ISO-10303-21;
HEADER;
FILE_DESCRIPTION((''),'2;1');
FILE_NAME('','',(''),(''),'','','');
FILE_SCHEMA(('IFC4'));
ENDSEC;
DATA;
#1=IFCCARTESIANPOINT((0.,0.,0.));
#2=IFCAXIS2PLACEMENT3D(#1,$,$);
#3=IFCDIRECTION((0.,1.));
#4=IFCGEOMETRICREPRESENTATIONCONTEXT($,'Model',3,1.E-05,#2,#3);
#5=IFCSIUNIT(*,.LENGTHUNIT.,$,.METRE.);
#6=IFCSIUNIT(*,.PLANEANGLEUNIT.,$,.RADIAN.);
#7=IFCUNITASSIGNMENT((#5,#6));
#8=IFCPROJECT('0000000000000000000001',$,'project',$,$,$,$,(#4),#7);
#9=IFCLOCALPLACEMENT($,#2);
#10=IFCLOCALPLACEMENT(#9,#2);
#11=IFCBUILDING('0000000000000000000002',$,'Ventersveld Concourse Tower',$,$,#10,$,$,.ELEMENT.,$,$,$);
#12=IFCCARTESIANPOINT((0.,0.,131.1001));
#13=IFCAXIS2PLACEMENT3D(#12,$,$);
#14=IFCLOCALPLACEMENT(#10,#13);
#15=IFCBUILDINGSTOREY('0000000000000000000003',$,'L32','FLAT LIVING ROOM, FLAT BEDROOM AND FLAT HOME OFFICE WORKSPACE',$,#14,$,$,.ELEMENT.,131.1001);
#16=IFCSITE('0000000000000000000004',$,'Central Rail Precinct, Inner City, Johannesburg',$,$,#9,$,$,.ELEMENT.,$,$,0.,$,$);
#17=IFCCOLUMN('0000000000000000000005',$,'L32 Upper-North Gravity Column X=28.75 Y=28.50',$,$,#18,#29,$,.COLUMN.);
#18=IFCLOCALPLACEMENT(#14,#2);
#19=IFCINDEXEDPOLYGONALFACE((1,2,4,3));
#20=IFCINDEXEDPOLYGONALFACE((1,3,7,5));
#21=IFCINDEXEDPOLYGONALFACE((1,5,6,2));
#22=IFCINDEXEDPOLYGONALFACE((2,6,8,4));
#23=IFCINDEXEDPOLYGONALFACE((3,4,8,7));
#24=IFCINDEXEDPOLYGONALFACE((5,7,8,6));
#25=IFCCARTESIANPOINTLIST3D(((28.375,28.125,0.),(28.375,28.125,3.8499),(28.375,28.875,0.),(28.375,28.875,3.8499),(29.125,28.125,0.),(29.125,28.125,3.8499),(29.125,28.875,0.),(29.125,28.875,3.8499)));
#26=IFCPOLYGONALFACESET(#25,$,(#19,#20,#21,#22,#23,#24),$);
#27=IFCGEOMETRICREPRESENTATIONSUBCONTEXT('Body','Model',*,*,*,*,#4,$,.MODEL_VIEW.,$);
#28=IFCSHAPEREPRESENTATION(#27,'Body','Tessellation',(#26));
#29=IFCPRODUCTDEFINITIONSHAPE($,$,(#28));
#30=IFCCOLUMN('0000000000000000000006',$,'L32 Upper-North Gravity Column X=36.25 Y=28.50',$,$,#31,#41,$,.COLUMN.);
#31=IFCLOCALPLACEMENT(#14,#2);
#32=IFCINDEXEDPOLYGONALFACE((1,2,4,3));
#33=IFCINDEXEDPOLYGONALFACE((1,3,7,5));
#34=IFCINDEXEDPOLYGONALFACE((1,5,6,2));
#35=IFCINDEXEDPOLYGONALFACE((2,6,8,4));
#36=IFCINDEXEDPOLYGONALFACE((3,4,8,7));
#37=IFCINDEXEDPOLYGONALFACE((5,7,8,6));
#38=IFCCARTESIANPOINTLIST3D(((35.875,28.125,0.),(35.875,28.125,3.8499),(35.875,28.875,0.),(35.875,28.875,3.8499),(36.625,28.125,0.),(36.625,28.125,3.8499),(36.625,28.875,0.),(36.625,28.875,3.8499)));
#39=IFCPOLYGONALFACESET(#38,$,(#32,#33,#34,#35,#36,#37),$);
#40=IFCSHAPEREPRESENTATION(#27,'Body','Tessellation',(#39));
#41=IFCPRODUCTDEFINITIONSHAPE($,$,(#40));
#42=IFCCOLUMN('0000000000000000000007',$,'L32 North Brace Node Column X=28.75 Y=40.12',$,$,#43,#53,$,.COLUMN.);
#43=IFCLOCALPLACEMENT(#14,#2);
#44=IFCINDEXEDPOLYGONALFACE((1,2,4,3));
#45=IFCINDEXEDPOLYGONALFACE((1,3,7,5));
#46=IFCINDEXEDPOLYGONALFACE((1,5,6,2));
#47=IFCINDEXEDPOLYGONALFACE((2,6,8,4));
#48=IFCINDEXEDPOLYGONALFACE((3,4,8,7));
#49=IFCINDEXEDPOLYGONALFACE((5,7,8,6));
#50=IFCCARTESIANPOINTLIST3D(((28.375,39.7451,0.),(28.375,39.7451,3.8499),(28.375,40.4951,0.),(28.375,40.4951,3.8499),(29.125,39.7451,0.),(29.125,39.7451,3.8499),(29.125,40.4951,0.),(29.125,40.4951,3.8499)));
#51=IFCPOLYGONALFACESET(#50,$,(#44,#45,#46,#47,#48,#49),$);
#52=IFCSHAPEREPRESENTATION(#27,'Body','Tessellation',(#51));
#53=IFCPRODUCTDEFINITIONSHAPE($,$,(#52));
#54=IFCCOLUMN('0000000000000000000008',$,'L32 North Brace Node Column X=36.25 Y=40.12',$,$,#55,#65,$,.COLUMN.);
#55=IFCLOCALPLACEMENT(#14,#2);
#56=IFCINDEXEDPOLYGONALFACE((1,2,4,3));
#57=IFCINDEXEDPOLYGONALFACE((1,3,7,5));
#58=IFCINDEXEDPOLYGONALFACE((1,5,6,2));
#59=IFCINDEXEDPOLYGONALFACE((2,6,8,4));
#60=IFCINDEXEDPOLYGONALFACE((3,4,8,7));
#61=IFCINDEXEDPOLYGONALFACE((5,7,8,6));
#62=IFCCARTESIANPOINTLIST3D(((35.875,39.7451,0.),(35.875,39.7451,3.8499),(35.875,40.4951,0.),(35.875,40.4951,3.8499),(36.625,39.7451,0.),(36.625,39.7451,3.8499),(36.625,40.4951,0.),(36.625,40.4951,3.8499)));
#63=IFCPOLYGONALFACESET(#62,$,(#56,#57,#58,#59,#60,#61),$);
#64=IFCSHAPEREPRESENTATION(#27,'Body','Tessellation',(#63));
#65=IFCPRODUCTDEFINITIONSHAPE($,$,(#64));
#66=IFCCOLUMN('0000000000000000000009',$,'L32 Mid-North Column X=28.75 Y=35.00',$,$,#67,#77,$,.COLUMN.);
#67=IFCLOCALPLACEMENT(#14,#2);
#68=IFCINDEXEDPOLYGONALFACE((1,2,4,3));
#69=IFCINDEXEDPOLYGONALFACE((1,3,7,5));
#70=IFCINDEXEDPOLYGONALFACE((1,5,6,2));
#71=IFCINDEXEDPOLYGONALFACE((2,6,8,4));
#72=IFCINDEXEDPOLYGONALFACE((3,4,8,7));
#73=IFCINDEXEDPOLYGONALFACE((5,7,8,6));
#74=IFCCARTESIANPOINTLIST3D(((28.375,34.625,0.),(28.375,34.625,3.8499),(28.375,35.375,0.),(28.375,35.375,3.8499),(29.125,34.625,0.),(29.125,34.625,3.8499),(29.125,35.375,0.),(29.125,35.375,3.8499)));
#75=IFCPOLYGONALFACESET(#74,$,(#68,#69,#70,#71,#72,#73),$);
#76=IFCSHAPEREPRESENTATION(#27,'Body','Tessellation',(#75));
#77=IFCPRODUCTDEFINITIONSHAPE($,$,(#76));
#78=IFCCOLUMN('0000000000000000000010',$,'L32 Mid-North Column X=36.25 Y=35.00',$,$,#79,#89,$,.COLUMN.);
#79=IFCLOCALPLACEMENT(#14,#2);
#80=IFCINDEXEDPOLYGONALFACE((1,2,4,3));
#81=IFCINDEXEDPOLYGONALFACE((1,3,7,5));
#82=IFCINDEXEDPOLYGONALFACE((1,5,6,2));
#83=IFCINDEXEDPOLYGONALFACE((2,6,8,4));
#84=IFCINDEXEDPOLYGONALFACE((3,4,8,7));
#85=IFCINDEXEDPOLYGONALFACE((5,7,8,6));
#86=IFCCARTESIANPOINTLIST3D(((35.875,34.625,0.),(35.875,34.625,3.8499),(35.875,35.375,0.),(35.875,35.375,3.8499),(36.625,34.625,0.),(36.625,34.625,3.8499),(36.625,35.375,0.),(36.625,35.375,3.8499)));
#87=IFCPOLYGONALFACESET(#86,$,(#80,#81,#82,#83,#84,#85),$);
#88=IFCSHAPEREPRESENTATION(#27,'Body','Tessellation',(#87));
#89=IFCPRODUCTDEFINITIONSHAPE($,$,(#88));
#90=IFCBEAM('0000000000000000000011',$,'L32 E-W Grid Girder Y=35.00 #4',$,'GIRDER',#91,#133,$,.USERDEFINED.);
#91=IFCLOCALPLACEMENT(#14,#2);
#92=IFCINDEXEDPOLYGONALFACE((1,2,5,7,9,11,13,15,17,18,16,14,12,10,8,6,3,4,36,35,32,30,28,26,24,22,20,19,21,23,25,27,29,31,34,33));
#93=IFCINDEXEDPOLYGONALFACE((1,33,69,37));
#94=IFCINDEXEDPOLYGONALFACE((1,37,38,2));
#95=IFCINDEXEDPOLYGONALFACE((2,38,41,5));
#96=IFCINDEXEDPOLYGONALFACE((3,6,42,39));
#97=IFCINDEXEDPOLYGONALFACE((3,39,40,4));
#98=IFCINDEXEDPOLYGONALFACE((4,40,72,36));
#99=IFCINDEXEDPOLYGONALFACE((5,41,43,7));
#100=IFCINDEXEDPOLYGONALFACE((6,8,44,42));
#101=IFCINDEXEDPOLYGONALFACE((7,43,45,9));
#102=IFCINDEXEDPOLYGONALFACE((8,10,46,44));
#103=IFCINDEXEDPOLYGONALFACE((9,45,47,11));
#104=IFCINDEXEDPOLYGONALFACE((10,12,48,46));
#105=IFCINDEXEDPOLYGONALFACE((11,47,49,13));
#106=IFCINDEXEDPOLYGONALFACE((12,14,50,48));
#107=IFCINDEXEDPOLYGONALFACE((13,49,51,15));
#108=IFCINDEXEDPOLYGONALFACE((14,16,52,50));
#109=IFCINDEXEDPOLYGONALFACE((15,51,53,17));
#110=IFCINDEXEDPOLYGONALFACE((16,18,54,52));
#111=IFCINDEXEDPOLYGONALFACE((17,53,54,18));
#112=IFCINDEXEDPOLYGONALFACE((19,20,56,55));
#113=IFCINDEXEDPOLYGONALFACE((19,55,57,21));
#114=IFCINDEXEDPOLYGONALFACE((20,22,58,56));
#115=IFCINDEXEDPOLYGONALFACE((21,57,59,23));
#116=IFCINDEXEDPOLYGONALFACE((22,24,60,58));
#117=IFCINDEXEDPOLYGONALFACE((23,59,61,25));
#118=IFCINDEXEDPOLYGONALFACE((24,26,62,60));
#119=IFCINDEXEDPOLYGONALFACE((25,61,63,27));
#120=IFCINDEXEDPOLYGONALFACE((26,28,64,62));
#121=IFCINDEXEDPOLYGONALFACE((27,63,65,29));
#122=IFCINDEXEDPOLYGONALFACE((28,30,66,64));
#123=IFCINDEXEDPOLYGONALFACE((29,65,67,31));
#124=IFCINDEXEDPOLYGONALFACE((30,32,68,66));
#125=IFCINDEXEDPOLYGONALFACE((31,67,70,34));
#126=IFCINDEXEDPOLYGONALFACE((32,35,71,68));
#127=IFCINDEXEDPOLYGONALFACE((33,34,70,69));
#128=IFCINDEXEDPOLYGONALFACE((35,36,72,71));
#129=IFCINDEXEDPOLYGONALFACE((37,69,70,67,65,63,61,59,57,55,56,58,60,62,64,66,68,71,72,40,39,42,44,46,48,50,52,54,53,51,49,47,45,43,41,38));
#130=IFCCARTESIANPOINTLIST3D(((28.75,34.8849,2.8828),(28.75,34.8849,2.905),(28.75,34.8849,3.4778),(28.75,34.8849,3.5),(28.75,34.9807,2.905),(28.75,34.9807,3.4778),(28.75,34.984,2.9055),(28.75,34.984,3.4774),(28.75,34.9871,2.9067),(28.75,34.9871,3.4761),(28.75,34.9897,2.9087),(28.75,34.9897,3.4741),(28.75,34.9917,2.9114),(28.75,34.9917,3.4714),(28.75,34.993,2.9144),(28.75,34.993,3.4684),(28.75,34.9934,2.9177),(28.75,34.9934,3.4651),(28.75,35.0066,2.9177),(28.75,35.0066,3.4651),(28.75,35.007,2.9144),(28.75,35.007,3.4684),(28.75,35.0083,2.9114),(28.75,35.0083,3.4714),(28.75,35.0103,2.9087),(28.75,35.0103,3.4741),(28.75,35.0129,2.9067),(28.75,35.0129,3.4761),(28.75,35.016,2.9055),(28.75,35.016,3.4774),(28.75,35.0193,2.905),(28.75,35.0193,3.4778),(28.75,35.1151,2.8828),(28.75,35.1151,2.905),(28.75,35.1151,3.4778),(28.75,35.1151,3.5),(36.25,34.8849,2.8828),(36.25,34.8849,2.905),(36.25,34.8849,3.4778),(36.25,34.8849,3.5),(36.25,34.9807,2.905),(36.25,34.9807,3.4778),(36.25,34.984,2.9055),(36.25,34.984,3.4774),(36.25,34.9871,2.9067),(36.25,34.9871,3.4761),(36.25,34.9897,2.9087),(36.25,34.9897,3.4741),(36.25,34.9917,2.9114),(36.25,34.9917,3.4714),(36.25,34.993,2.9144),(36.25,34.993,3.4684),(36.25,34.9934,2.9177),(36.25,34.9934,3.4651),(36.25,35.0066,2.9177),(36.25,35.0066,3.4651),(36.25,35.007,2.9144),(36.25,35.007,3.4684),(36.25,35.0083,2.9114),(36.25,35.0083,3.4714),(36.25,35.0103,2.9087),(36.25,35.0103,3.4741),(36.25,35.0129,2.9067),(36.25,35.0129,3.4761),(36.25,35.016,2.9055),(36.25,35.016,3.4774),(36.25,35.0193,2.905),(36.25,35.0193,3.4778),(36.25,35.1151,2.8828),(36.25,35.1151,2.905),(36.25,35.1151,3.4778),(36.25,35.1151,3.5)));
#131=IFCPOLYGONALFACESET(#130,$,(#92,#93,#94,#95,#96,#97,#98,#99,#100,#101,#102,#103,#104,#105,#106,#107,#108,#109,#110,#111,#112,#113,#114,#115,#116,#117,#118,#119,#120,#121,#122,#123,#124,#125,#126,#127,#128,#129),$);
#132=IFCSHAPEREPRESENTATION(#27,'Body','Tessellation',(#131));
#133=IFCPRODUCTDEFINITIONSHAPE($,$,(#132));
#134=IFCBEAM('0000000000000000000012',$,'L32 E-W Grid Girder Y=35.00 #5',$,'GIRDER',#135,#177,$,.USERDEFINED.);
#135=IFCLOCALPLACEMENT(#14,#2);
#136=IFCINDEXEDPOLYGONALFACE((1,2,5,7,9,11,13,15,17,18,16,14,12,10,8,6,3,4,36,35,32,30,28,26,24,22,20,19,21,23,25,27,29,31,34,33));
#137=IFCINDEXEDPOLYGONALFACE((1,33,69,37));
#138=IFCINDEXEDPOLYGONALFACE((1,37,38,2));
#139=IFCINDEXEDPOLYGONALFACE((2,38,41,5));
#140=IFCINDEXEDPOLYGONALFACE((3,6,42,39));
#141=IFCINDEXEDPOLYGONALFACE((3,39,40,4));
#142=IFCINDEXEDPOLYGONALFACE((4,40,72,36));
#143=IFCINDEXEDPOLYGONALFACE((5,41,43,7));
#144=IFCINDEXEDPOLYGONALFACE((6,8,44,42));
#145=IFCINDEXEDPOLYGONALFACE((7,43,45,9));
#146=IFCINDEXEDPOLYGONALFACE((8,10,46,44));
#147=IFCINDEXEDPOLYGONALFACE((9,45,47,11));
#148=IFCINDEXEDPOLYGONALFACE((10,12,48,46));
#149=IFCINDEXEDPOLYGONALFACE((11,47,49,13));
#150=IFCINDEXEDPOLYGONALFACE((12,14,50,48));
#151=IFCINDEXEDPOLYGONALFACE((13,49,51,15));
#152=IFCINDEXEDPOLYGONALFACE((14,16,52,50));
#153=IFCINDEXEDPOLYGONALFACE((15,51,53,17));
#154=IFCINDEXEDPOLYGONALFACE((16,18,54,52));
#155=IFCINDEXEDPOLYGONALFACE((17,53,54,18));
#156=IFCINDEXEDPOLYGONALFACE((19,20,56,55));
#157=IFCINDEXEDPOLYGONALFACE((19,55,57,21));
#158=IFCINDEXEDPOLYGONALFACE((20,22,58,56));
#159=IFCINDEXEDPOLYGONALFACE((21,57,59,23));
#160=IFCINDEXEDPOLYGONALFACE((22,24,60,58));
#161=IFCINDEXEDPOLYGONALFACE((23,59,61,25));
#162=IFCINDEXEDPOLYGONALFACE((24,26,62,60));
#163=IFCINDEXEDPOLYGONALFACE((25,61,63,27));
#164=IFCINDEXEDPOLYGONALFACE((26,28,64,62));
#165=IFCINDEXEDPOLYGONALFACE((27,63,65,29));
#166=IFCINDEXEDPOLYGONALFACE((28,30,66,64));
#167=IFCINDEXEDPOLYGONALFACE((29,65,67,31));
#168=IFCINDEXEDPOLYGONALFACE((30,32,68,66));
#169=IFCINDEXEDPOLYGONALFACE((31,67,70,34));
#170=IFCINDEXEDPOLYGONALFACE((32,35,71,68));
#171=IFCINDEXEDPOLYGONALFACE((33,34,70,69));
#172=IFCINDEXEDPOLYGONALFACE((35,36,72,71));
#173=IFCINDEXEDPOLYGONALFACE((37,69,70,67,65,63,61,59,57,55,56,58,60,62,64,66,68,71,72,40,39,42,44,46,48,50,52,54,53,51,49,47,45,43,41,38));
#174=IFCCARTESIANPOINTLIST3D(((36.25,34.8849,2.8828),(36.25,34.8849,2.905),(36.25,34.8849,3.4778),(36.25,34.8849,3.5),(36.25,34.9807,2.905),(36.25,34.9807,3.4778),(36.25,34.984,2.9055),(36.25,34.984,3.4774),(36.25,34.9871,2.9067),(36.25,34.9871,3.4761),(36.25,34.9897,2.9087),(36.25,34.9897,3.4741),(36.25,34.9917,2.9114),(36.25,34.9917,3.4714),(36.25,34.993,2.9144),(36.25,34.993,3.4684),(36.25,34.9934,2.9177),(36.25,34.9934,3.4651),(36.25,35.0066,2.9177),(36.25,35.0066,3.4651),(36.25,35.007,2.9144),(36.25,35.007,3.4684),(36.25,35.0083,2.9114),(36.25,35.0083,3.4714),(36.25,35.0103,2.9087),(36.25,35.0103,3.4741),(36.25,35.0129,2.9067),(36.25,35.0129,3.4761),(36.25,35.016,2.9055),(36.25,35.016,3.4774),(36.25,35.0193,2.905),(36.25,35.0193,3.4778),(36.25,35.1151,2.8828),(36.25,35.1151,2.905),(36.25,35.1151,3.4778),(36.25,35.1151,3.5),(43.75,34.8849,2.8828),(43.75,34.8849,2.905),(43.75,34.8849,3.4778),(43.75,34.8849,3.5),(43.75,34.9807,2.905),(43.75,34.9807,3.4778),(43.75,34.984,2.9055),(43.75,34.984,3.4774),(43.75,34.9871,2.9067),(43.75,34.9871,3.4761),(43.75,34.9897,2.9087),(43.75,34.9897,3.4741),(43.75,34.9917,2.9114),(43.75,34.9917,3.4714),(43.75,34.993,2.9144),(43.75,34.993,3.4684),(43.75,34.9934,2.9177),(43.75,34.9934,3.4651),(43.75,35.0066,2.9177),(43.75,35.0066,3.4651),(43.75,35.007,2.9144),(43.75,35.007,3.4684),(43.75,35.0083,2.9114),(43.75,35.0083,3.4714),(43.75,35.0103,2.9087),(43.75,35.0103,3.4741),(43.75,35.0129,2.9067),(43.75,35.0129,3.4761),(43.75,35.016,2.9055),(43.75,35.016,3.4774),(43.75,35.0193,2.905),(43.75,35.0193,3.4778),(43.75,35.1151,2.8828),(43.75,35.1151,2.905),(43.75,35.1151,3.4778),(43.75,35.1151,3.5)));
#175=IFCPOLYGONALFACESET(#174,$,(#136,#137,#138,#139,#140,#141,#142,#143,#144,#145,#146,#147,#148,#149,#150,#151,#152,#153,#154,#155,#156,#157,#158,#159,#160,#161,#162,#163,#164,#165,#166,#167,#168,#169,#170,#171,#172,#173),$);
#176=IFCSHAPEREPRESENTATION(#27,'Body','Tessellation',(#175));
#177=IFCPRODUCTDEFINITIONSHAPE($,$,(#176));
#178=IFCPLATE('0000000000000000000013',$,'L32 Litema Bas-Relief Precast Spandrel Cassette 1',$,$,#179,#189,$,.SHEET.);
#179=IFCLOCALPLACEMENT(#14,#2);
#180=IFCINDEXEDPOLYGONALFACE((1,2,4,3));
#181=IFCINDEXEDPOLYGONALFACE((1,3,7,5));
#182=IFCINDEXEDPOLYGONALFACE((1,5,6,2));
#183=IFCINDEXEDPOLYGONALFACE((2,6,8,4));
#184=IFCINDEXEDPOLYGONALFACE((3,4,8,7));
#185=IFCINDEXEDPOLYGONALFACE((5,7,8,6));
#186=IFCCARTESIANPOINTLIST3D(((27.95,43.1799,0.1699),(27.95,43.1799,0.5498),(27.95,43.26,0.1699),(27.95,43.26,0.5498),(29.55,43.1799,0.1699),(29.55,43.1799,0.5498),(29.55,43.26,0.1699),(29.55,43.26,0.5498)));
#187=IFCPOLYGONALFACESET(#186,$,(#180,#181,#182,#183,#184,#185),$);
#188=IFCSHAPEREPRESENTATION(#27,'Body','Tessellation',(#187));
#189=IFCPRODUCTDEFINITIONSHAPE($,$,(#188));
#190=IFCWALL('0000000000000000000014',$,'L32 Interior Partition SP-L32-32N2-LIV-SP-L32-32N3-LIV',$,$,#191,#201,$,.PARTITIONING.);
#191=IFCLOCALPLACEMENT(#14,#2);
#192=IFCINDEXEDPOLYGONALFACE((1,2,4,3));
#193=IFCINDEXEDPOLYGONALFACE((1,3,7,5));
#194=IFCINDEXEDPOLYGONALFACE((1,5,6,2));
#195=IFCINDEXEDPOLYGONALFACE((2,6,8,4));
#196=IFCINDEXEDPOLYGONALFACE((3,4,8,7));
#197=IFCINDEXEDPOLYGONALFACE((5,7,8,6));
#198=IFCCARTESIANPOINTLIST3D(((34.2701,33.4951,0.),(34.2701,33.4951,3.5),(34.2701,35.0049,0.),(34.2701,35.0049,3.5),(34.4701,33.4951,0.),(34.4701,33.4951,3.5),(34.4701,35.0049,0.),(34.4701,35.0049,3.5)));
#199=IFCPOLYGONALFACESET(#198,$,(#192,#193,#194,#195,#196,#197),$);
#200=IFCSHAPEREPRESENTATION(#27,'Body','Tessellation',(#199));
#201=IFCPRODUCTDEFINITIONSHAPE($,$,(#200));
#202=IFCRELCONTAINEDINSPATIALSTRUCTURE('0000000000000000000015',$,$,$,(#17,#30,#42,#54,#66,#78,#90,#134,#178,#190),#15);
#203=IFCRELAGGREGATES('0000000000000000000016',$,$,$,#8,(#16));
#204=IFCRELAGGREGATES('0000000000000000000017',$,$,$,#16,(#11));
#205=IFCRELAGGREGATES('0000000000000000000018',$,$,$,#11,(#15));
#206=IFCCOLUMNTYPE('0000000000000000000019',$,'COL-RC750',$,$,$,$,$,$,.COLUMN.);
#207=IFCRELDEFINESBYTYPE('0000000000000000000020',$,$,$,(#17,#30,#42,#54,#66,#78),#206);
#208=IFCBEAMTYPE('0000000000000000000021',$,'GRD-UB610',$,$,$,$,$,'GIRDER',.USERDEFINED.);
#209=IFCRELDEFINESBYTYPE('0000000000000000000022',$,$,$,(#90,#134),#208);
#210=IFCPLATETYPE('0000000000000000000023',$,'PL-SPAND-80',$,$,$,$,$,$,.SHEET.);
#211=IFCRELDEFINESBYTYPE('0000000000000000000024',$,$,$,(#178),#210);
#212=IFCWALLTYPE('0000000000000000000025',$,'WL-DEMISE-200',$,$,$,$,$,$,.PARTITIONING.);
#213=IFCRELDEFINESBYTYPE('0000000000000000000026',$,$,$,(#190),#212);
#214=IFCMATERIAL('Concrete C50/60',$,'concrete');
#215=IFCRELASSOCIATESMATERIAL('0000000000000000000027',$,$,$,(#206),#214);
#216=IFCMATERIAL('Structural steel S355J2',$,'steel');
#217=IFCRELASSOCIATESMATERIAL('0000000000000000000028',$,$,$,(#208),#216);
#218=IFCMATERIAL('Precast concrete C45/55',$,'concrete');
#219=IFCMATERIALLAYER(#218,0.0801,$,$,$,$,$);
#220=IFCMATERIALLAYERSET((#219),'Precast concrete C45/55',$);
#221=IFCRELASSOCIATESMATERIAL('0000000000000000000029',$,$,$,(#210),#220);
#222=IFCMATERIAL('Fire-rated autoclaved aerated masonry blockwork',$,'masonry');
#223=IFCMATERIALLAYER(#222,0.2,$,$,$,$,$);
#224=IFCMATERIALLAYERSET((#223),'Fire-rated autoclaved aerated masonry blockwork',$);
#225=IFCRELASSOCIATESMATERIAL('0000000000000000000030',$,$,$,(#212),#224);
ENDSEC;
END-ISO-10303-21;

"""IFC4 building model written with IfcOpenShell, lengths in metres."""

from ifc_helpers import new_model, si_unit, direction, frame, frame_2d, origin, origin_2d, place, context, subcontext, project, spatial, rectangle, i_section, extrude, material, layer, layer_set, material_profile, profile_set, type_object, element, save


model = new_model("IFC4")

# Units and contexts
model_context = context("Model", 3, precision=1e-05, world=origin(), true_north=direction((0.0, 1.0)))
body_context = subcontext(model_context, "Body", "Model", "MODEL_VIEW")
ifc_project = project(units=[si_unit("LENGTHUNIT", "METRE"), si_unit("PLANEANGLEUNIT", "RADIAN")], contexts=[model_context])

# Site, building, storey
site_placement = place(None, origin())
site = spatial("IfcSite", under=ifc_project, at=site_placement, Name="Central Rail Precinct, Inner City, Johannesburg", CompositionType="ELEMENT", RefElevation=0.0)
building_placement = place(site_placement, origin())
building = spatial("IfcBuilding", under=site, at=building_placement, Name="Ventersveld Concourse Tower", CompositionType="ELEMENT")
storey_placement = place(building_placement, frame((0.0, 0.0, 131.1001)))
storey = spatial("IfcBuildingStorey", under=building, at=storey_placement, Name="L32", Description="FLAT LIVING ROOM, FLAT BEDROOM AND FLAT HOME OFFICE WORKSPACE", CompositionType="ELEMENT", Elevation=131.1001)

# Columns
ifc_material_1 = material(Name="Concrete C50/60", Category="concrete")
ifc_material_profile_1 = material_profile(ifc_material_1, rectangle(XDim=0.75, YDim=0.75, at=origin_2d()), Name="RC 750x750")
ifc_profile_set_1 = profile_set([ifc_material_profile_1], Name="Concrete C50/60")
column_type = type_object("IfcColumnType", Name="COL-RC750", PredefinedType="COLUMN", material=ifc_profile_set_1)
for number, where, z_axis, x_axis, name in (
    (1, (28.75, 28.5, 0.0), (0.0, 0.0, 1.0), (1.0, 0.0, 0.0), "L32 Upper-North Gravity Column X=28.75 Y=28.50"),
    (2, (36.25, 28.5, 0.0), (0.0, 0.0, 1.0), (1.0, 0.0, 0.0), "L32 Upper-North Gravity Column X=36.25 Y=28.50"),
    (3, (28.75, 40.1201, 0.0), (0.0, 0.0, 1.0), (1.0, 0.0, 0.0), "L32 North Brace Node Column X=28.75 Y=40.12"),
    (4, (36.25, 40.1201, 0.0), (0.0, 0.0, 1.0), (1.0, 0.0, 0.0), "L32 North Brace Node Column X=36.25 Y=40.12"),
    (5, (28.75, 35.0, 0.0), (0.0, 0.0, 1.0), (1.0, 0.0, 0.0), "L32 Mid-North Column X=28.75 Y=35.00"),
    (6, (36.25, 35.0, 0.0), (0.0, 0.0, 1.0), (1.0, 0.0, 0.0), "L32 Mid-North Column X=36.25 Y=35.00"),
):
    element("IfcColumn", number, at=place(storey_placement, frame(where, z_axis=z_axis, x_axis=x_axis)), inside=storey, type_object=column_type, Name=name, PredefinedType="COLUMN", context=body_context, shape_type="SweptSolid", body=[
        extrude(rectangle(XDim=0.75, YDim=0.75, at=origin_2d()), origin(), (0.0, 0.0, 1.0), 3.8499),
    ])

# Beams
ifc_material_2 = material(Name="Structural steel S355J2", Category="steel")
ifc_material_profile_2 = material_profile(ifc_material_2, i_section(OverallWidth=0.2302, OverallDepth=0.6172, WebThickness=0.0132, FlangeThickness=0.0222, FilletRadius=0.0127, at=origin_2d()), Name="UB 610x229x140")
ifc_profile_set_2 = profile_set([ifc_material_profile_2], Name="Structural steel S355J2")
beam_type = type_object("IfcBeamType", Name="GRD-UB610", ElementType="GIRDER", PredefinedType="USERDEFINED", material=ifc_profile_set_2)
for number, where, z_axis, x_axis, name in (
    (7, (28.75, 35.0, 3.1914), (1.0, 0.0, 0.0), (0.0, 1.0, 0.0), "L32 E-W Grid Girder Y=35.00 #4"),
    (8, (36.25, 35.0, 3.1914), (1.0, 0.0, 0.0), (0.0, 1.0, 0.0), "L32 E-W Grid Girder Y=35.00 #5"),
):
    element("IfcBeam", number, at=place(storey_placement, frame(where, z_axis=z_axis, x_axis=x_axis)), inside=storey, type_object=beam_type, Name=name, ObjectType="GIRDER", PredefinedType="USERDEFINED", context=body_context, shape_type="SweptSolid", body=[
        extrude(i_section(OverallWidth=0.2302, OverallDepth=0.6172, WebThickness=0.0132, FlangeThickness=0.0222, FilletRadius=0.0127, at=origin_2d()), origin(), (0.0, 0.0, 1.0), 7.5),
    ])

# Plate
ifc_material_3 = material(Name="Precast concrete C45/55", Category="concrete")
ifc_layer_1 = layer(ifc_material_3, 0.0801)
ifc_layer_set_1 = layer_set([ifc_layer_1], Name="Precast concrete C45/55")
plate_type = type_object("IfcPlateType", Name="PL-SPAND-80", PredefinedType="SHEET", material=ifc_layer_set_1)
plate_placement = place(storey_placement, frame((28.75, 43.22, 0.1699), z_axis=(0.0, 0.0, 1.0), x_axis=(-1.0, 0.0, 0.0)))
element("IfcPlate", 9, at=plate_placement, inside=storey, type_object=plate_type, Name="L32 Litema Bas-Relief Precast Spandrel Cassette 1", PredefinedType="SHEET", context=body_context, shape_type="SweptSolid", body=[
    extrude(rectangle(XDim=1.6001, YDim=0.0801, at=origin_2d()), origin(), (0.0, 0.0, 1.0), 0.3799),
])

# Wall
ifc_material_4 = material(Name="Fire-rated autoclaved aerated masonry blockwork", Category="masonry")
ifc_layer_2 = layer(ifc_material_4, 0.2)
ifc_layer_set_2 = layer_set([ifc_layer_2], Name="Fire-rated autoclaved aerated masonry blockwork")
wall_type_1 = type_object("IfcWallType", Name="WL-DEMISE-200", PredefinedType="PARTITIONING", material=ifc_layer_set_2)
wall_1_placement = place(storey_placement, frame((34.3701, 33.4951, 0.0), z_axis=(0.0, 0.0, 1.0), x_axis=(0.0, 1.0, 0.0)))
element("IfcWall", 10, at=wall_1_placement, inside=storey, type_object=wall_type_1, Name="L32 Interior Partition SP-L32-32N2-LIV-SP-L32-32N3-LIV", PredefinedType="PARTITIONING", context=body_context, shape_type="SweptSolid", body=[
    extrude(rectangle(XDim=1.5098, YDim=0.2, at=frame_2d((0.7549, 0.0))), origin(), (0.0, 0.0, 1.0), 3.5),
])

save(model, "model.ifc")
